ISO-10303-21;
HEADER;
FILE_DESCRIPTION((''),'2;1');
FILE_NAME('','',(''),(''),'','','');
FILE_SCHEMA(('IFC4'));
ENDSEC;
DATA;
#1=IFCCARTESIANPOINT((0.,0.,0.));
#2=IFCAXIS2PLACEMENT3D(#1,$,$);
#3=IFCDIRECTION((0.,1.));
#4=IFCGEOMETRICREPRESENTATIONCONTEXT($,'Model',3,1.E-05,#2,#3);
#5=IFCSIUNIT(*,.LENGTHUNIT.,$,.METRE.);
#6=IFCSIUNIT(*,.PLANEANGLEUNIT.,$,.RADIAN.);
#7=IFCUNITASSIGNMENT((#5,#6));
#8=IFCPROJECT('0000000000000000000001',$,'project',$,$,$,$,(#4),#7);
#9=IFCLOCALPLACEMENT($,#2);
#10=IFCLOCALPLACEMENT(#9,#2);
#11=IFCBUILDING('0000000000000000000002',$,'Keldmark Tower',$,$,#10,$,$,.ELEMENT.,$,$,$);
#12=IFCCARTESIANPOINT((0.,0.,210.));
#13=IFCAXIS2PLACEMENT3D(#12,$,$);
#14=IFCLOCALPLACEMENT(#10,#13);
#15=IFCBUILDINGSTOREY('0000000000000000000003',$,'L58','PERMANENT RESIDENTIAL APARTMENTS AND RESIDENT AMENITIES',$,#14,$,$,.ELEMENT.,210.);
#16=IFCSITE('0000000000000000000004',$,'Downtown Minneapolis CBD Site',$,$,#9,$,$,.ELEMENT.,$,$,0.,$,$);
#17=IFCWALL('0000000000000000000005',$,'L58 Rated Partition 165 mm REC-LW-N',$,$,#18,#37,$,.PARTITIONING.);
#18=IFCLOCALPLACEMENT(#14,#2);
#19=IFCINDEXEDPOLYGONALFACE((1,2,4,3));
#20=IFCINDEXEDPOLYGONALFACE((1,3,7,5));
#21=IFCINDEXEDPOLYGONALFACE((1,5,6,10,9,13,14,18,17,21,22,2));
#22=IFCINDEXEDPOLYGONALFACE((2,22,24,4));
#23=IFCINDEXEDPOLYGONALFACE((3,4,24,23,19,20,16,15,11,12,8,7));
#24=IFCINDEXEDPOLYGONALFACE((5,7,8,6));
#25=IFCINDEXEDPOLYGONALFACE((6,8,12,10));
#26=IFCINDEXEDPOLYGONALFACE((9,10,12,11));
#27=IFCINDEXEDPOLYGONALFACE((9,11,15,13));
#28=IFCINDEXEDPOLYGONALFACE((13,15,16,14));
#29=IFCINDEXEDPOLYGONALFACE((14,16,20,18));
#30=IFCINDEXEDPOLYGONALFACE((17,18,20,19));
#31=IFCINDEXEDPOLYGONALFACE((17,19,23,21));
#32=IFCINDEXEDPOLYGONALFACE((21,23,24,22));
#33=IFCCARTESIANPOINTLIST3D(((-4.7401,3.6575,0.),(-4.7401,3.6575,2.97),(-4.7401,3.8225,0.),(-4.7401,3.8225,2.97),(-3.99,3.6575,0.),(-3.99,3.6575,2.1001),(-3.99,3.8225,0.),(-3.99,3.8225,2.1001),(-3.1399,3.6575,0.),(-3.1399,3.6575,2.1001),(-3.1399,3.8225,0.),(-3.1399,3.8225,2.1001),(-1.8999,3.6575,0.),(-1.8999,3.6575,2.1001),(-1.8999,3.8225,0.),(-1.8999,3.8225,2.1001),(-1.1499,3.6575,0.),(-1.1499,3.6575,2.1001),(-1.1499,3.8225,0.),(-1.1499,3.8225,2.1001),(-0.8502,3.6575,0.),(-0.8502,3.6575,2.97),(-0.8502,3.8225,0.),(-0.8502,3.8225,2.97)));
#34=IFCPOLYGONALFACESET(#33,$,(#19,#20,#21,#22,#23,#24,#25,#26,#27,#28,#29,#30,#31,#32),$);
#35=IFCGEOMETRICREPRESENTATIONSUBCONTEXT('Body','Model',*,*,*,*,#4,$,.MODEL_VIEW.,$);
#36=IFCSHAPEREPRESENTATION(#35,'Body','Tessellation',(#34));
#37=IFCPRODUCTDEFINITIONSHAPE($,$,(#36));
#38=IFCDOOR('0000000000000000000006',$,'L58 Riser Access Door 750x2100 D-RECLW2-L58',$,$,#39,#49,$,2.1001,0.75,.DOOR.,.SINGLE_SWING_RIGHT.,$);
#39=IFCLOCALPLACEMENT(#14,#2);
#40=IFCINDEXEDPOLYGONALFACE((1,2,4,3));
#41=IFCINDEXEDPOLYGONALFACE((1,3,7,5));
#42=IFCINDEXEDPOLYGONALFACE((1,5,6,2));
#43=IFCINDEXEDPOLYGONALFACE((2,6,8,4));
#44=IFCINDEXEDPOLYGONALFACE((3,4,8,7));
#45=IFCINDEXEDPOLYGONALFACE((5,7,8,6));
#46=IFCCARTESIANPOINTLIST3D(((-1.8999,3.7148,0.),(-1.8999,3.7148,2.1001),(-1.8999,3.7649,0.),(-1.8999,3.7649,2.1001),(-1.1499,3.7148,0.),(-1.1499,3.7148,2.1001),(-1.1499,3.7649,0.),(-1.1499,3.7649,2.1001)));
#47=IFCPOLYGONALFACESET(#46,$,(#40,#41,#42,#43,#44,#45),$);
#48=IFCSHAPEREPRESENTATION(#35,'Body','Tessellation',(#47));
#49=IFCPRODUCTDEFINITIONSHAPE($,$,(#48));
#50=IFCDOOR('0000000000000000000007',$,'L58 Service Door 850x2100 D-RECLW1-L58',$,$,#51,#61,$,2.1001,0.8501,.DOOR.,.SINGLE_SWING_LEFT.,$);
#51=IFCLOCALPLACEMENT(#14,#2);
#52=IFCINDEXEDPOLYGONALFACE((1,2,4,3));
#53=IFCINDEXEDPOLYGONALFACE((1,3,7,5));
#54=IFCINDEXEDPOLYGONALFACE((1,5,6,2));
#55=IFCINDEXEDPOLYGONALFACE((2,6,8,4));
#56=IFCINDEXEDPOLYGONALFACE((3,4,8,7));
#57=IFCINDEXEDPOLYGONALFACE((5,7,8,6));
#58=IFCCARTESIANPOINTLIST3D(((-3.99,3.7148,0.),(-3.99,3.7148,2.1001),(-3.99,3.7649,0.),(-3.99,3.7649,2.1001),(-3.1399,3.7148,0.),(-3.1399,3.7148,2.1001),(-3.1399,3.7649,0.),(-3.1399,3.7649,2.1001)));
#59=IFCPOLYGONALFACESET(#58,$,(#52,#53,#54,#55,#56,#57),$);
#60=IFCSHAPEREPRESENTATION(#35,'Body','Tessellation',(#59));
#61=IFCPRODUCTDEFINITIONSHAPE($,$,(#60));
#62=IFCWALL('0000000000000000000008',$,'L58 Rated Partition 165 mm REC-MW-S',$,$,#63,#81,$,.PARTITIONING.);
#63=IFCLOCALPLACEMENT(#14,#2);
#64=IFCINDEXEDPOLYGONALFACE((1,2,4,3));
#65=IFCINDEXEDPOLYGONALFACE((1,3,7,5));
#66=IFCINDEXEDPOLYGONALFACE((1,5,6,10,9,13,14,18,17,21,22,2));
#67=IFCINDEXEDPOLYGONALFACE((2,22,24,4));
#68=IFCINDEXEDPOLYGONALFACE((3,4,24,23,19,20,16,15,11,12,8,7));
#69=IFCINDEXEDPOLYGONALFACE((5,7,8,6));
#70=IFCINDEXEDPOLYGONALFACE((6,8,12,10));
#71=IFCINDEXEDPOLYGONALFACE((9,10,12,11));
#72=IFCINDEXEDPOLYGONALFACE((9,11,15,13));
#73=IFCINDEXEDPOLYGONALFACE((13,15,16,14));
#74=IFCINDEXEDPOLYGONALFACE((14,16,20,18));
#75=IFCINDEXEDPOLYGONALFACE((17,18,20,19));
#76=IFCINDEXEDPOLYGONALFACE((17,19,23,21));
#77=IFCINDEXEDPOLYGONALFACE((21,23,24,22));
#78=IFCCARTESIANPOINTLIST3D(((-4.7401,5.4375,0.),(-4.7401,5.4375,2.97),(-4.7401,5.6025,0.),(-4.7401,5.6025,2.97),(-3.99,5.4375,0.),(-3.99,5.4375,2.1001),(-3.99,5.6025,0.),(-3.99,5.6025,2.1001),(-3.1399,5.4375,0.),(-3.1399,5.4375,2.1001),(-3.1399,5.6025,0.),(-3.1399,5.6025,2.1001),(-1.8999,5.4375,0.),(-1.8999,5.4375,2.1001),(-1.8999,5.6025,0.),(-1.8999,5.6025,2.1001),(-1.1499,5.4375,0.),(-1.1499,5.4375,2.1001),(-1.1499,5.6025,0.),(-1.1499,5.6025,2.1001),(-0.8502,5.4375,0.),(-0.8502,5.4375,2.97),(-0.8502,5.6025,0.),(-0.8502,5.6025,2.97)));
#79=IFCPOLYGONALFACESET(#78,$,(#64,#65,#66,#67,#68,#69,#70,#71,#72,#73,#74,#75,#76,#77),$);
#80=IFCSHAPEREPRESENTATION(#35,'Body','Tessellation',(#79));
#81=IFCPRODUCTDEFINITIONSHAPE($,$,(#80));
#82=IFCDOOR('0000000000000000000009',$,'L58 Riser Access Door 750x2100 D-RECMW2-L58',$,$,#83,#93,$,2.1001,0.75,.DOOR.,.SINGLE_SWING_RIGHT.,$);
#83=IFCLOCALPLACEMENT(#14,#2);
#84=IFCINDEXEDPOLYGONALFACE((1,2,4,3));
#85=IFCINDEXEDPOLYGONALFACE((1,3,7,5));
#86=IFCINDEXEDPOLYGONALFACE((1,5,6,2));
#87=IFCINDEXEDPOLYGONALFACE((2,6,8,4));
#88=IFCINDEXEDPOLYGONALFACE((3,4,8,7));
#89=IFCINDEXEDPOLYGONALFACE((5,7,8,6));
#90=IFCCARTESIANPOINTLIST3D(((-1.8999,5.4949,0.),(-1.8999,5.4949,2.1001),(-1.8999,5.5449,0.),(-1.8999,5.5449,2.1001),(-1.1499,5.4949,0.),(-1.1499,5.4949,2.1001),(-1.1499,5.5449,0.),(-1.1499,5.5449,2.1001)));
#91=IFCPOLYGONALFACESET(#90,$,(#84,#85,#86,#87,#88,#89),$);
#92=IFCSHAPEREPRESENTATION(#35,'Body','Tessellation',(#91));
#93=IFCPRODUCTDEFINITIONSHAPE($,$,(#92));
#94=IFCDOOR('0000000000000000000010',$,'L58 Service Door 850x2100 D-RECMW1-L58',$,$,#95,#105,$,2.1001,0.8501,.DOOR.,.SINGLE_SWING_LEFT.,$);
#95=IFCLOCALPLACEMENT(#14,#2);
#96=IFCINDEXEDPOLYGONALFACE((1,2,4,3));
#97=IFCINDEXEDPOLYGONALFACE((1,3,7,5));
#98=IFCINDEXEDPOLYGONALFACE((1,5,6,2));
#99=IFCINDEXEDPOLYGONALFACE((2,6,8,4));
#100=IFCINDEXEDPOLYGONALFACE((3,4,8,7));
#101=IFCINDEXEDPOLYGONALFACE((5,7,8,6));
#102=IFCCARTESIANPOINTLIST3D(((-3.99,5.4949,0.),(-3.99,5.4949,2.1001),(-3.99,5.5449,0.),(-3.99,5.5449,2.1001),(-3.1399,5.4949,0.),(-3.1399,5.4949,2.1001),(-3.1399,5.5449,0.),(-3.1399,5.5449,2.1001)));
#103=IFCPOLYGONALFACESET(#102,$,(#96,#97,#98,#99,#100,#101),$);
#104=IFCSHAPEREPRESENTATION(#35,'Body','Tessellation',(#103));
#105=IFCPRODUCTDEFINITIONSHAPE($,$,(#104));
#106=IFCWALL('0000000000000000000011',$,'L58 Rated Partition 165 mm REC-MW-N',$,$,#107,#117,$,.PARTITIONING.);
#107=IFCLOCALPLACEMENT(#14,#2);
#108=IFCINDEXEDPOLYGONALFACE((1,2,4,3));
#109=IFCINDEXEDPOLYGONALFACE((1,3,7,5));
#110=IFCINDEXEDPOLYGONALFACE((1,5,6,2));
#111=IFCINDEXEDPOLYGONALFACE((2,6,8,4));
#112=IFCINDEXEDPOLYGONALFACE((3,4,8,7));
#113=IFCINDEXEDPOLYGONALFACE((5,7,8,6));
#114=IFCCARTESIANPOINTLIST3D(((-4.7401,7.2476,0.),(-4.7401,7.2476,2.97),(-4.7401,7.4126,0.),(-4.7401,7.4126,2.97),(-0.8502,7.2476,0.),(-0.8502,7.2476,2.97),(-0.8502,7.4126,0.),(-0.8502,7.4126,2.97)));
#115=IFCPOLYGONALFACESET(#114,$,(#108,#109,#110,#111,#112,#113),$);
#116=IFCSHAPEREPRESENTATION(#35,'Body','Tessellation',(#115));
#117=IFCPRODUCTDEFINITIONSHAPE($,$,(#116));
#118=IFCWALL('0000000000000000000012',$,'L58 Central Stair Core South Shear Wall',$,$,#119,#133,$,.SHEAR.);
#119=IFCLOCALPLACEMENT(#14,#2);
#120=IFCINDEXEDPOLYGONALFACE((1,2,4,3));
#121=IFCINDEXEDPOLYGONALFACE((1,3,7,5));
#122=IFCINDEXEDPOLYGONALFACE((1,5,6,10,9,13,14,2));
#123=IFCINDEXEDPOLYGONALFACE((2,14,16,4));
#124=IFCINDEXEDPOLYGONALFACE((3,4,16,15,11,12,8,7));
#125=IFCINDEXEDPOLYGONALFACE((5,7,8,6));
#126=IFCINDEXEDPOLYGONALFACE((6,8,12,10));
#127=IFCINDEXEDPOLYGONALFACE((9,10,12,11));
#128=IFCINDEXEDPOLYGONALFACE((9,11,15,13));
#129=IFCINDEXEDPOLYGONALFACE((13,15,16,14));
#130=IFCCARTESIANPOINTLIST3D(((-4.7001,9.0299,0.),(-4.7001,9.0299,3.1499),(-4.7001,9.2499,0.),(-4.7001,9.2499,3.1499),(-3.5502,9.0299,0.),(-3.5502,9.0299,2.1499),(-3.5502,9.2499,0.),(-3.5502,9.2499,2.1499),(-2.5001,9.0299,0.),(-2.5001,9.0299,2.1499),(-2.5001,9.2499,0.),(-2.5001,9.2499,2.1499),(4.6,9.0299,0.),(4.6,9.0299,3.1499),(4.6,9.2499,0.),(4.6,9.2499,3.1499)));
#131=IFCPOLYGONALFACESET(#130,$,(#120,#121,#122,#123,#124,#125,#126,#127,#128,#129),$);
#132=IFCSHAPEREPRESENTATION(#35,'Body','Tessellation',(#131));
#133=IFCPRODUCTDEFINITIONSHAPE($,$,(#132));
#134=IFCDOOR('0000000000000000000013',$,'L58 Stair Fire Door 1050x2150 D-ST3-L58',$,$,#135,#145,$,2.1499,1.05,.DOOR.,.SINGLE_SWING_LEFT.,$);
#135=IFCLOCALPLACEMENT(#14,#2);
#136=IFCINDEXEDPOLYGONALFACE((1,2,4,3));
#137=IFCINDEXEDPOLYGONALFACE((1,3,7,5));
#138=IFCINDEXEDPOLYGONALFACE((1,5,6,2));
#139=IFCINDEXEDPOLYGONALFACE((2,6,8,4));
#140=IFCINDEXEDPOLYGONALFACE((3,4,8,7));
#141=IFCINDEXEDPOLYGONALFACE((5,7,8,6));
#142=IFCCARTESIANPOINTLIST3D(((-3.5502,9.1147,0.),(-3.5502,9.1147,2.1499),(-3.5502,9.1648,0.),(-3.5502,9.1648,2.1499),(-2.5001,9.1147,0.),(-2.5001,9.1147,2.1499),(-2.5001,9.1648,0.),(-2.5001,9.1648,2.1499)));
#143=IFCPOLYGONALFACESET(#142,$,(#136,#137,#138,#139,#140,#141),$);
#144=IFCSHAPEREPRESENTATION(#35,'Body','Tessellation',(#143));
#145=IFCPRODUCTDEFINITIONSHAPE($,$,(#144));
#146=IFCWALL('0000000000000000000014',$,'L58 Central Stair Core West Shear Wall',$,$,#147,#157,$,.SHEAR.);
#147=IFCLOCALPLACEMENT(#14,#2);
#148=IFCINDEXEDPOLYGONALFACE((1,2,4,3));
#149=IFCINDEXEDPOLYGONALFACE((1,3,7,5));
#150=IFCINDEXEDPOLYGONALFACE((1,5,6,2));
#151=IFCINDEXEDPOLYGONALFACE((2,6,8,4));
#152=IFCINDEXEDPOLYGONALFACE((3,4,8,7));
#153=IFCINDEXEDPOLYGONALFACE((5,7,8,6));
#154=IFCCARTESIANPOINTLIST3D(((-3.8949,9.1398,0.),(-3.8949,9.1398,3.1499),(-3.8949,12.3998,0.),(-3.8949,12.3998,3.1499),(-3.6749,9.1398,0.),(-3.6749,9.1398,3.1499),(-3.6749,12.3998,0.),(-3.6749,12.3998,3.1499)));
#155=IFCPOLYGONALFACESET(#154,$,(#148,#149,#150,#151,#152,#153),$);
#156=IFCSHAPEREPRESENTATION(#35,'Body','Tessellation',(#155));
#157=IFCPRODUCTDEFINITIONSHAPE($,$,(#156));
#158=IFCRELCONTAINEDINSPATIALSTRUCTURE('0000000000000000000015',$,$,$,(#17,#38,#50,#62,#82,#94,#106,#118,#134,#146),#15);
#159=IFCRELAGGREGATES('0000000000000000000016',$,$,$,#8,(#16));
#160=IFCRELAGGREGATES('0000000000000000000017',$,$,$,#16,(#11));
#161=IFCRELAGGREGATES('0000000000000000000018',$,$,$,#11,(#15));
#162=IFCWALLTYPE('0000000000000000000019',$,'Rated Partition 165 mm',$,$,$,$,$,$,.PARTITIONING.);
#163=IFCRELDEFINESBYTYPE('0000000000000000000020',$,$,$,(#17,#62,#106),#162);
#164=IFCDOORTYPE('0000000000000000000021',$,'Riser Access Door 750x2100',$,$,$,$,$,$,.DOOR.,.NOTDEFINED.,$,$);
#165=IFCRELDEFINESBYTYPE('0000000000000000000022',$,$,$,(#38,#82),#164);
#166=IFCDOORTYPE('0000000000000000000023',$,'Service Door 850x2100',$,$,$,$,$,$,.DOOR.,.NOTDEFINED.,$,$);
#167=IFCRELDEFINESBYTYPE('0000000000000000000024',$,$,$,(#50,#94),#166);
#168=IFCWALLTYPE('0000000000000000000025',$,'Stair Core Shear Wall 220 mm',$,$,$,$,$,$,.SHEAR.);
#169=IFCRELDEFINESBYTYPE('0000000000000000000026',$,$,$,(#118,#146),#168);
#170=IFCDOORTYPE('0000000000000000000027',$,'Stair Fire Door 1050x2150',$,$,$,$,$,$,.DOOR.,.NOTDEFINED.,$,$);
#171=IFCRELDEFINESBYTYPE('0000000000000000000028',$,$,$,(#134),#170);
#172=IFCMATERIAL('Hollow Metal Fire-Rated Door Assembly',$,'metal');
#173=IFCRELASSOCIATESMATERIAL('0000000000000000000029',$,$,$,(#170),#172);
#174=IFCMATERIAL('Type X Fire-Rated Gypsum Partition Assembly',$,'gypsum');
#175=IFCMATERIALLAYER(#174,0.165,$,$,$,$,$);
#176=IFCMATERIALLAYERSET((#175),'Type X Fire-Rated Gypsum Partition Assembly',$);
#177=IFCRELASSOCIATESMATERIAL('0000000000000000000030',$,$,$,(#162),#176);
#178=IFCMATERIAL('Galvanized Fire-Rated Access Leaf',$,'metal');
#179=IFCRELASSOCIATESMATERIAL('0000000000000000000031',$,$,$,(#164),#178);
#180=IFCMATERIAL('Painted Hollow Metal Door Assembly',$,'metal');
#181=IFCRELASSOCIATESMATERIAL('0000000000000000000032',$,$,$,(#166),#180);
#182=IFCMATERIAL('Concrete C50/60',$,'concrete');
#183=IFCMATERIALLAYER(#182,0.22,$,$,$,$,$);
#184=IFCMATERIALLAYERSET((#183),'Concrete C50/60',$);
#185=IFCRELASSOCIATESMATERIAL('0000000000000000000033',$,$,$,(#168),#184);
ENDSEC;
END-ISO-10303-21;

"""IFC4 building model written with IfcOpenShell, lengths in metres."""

from ifc_helpers import new_model, si_unit, direction, frame, frame_2d, origin, place, context, subcontext, project, spatial, rectangle, extrude, material, layer, layer_set, type_object, element, fill, save


model = new_model("IFC4")

# Units and contexts
model_context = context("Model", 3, precision=1e-05, world=origin(), true_north=direction((0.0, 1.0)))
body_context = subcontext(model_context, "Body", "Model", "MODEL_VIEW")
ifc_project = project(units=[si_unit("LENGTHUNIT", "METRE"), si_unit("PLANEANGLEUNIT", "RADIAN")], contexts=[model_context])

# Site, building, storey
site_placement = place(None, origin())
site = spatial("IfcSite", under=ifc_project, at=site_placement, Name="Downtown Minneapolis CBD Site", CompositionType="ELEMENT", RefElevation=0.0)
building_placement = place(site_placement, origin())
building = spatial("IfcBuilding", under=site, at=building_placement, Name="Keldmark Tower", CompositionType="ELEMENT")
storey_placement = place(building_placement, frame((0.0, 0.0, 210.0)))
storey = spatial("IfcBuildingStorey", under=building, at=storey_placement, Name="L58", Description="PERMANENT RESIDENTIAL APARTMENTS AND RESIDENT AMENITIES", CompositionType="ELEMENT", Elevation=210.0)

# Shared definitions
ifc_material_1 = material(Name="Hollow Metal Fire-Rated Door Assembly", Category="metal")
door_type_1 = type_object("IfcDoorType", Name="Stair Fire Door 1050x2150", OperationType="NOTDEFINED", PredefinedType="DOOR", material=ifc_material_1)

# Shared definitions
ifc_material_2 = material(Name="Type X Fire-Rated Gypsum Partition Assembly", Category="gypsum")
ifc_layer_1 = layer(ifc_material_2, 0.165)
ifc_layer_set_1 = layer_set([ifc_layer_1], Name="Type X Fire-Rated Gypsum Partition Assembly")
wall_type_1 = type_object("IfcWallType", Name="Rated Partition 165 mm", PredefinedType="PARTITIONING", material=ifc_layer_set_1)

# Walls, openings, doors
wall_1_placement = place(storey_placement, frame((-4.74, 3.74, 0.0), z_axis=(0.0, 0.0, 1.0), x_axis=(1.0, 0.0, 0.0)))
wall_1 = element("IfcWall", 1, at=wall_1_placement, inside=storey, type_object=wall_type_1, Name="L58 Rated Partition 165 mm REC-LW-N", PredefinedType="PARTITIONING", context=body_context, shape_type="SweptSolid", body=[
    extrude(rectangle(XDim=3.8899, YDim=0.165, at=frame_2d((1.9448, 0.0))), origin(), (0.0, 0.0, 1.0), 2.97),
])
opening_1_placement = place(wall_1_placement, frame((0.75, 0.0, 0.0)))
opening_1 = element("IfcOpeningElement", 2, at=opening_1_placement, cuts=wall_1, PredefinedType="OPENING", context=body_context, shape_type="SweptSolid", body=[
    extrude(rectangle(XDim=0.8501, YDim=2.1001, at=frame_2d((0.425, 1.05))), frame((0.0, 0.0925, 0.0), z_axis=(0.0, -1.0, 0.0), x_axis=(1.0, 0.0, 0.0)), (0.0, 0.0, 1.0), 0.1851),
])
opening_2_placement = place(wall_1_placement, frame((2.8401, 0.0, 0.0)))
opening_2 = element("IfcOpeningElement", 3, at=opening_2_placement, cuts=wall_1, PredefinedType="OPENING", context=body_context, shape_type="SweptSolid", body=[
    extrude(rectangle(XDim=0.75, YDim=2.1001, at=frame_2d((0.375, 1.05))), frame((0.0, 0.0925, 0.0), z_axis=(0.0, -1.0, 0.0), x_axis=(1.0, 0.0, 0.0)), (0.0, 0.0, 1.0), 0.1851),
])
ifc_material_3 = material(Name="Galvanized Fire-Rated Access Leaf", Category="metal")
door_type_2 = type_object("IfcDoorType", Name="Riser Access Door 750x2100", OperationType="NOTDEFINED", PredefinedType="DOOR", material=ifc_material_3)
door_1_placement = place(opening_2_placement, origin())
door_1 = element("IfcDoor", 4, at=door_1_placement, inside=storey, type_object=door_type_2, Name="L58 Riser Access Door 750x2100 D-RECLW2-L58", OperationType="SINGLE_SWING_RIGHT", OverallHeight=2.1001, OverallWidth=0.75, PredefinedType="DOOR", context=body_context, shape_type="SweptSolid", body=[
    extrude(rectangle(XDim=0.75, YDim=2.1001, at=frame_2d((0.375, 1.05))), frame((0.0, 0.0249, 0.0), z_axis=(0.0, -1.0, 0.0), x_axis=(1.0, 0.0, 0.0)), (0.0, 0.0, 1.0), 0.05),
])
fill(opening_2, door_1)
ifc_material_4 = material(Name="Painted Hollow Metal Door Assembly", Category="metal")
door_type_3 = type_object("IfcDoorType", Name="Service Door 850x2100", OperationType="NOTDEFINED", PredefinedType="DOOR", material=ifc_material_4)
door_2_placement = place(opening_1_placement, origin())
door_2 = element("IfcDoor", 5, at=door_2_placement, inside=storey, type_object=door_type_3, Name="L58 Service Door 850x2100 D-RECLW1-L58", OperationType="SINGLE_SWING_LEFT", OverallHeight=2.1001, OverallWidth=0.8501, PredefinedType="DOOR", context=body_context, shape_type="SweptSolid", body=[
    extrude(rectangle(XDim=0.8501, YDim=2.1001, at=frame_2d((0.425, 1.05))), frame((0.0, 0.0249, 0.0), z_axis=(0.0, -1.0, 0.0), x_axis=(1.0, 0.0, 0.0)), (0.0, 0.0, 1.0), 0.05),
])
fill(opening_1, door_2)
wall_2_placement = place(storey_placement, frame((-4.74, 5.52, 0.0), z_axis=(0.0, 0.0, 1.0), x_axis=(1.0, 0.0, 0.0)))
wall_2 = element("IfcWall", 6, at=wall_2_placement, inside=storey, type_object=wall_type_1, Name="L58 Rated Partition 165 mm REC-MW-S", PredefinedType="PARTITIONING", context=body_context, shape_type="SweptSolid", body=[
    extrude(rectangle(XDim=3.8899, YDim=0.165, at=frame_2d((1.9448, 0.0))), origin(), (0.0, 0.0, 1.0), 2.97),
])
opening_3_placement = place(wall_2_placement, frame((0.75, 0.0, 0.0)))
opening_3 = element("IfcOpeningElement", 7, at=opening_3_placement, cuts=wall_2, PredefinedType="OPENING", context=body_context, shape_type="SweptSolid", body=[
    extrude(rectangle(XDim=0.8501, YDim=2.1001, at=frame_2d((0.425, 1.05))), frame((0.0, 0.0925, 0.0), z_axis=(0.0, -1.0, 0.0), x_axis=(1.0, 0.0, 0.0)), (0.0, 0.0, 1.0), 0.1851),
])
opening_4_placement = place(wall_2_placement, frame((2.8401, 0.0, 0.0)))
opening_4 = element("IfcOpeningElement", 8, at=opening_4_placement, cuts=wall_2, PredefinedType="OPENING", context=body_context, shape_type="SweptSolid", body=[
    extrude(rectangle(XDim=0.75, YDim=2.1001, at=frame_2d((0.375, 1.05))), frame((0.0, 0.0925, 0.0), z_axis=(0.0, -1.0, 0.0), x_axis=(1.0, 0.0, 0.0)), (0.0, 0.0, 1.0), 0.1851),
])
door_3_placement = place(opening_4_placement, origin())
door_3 = element("IfcDoor", 9, at=door_3_placement, inside=storey, type_object=door_type_2, Name="L58 Riser Access Door 750x2100 D-RECMW2-L58", OperationType="SINGLE_SWING_RIGHT", OverallHeight=2.1001, OverallWidth=0.75, PredefinedType="DOOR", context=body_context, shape_type="SweptSolid", body=[
    extrude(rectangle(XDim=0.75, YDim=2.1001, at=frame_2d((0.375, 1.05))), frame((0.0, 0.0249, 0.0), z_axis=(0.0, -1.0, 0.0), x_axis=(1.0, 0.0, 0.0)), (0.0, 0.0, 1.0), 0.05),
])
fill(opening_4, door_3)
door_4_placement = place(opening_3_placement, origin())
door_4 = element("IfcDoor", 10, at=door_4_placement, inside=storey, type_object=door_type_3, Name="L58 Service Door 850x2100 D-RECMW1-L58", OperationType="SINGLE_SWING_LEFT", OverallHeight=2.1001, OverallWidth=0.8501, PredefinedType="DOOR", context=body_context, shape_type="SweptSolid", body=[
    extrude(rectangle(XDim=0.8501, YDim=2.1001, at=frame_2d((0.425, 1.05))), frame((0.0, 0.0249, 0.0), z_axis=(0.0, -1.0, 0.0), x_axis=(1.0, 0.0, 0.0)), (0.0, 0.0, 1.0), 0.05),
])
fill(opening_3, door_4)

# Wall
wall_3_placement = place(storey_placement, frame((-4.74, 7.3301, 0.0), z_axis=(0.0, 0.0, 1.0), x_axis=(1.0, 0.0, 0.0)))
element("IfcWall", 11, at=wall_3_placement, inside=storey, type_object=wall_type_1, Name="L58 Rated Partition 165 mm REC-MW-N", PredefinedType="PARTITIONING", context=body_context, shape_type="SweptSolid", body=[
    extrude(rectangle(XDim=3.8899, YDim=0.165, at=frame_2d((1.9448, 0.0))), origin(), (0.0, 0.0, 1.0), 2.97),
])

# Wall, opening, door
ifc_material_5 = material(Name="Concrete C50/60", Category="concrete")
ifc_layer_2 = layer(ifc_material_5, 0.22)
ifc_layer_set_2 = layer_set([ifc_layer_2], Name="Concrete C50/60")
wall_type_2 = type_object("IfcWallType", Name="Stair Core Shear Wall 220 mm", PredefinedType="SHEAR", material=ifc_layer_set_2)
wall_4_placement = place(storey_placement, frame((-4.7, 9.1399, 0.0), z_axis=(0.0, 0.0, 1.0), x_axis=(1.0, 0.0, 0.0)))
wall_4 = element("IfcWall", 12, at=wall_4_placement, inside=storey, type_object=wall_type_2, Name="L58 Central Stair Core South Shear Wall", PredefinedType="SHEAR", context=body_context, shape_type="SweptSolid", body=[
    extrude(rectangle(XDim=9.3, YDim=0.22, at=frame_2d((4.6499, 0.0))), origin(), (0.0, 0.0, 1.0), 3.1499),
])
opening_5_placement = place(wall_4_placement, frame((1.1499, 0.0, 0.0)))
opening_5 = element("IfcOpeningElement", 13, at=opening_5_placement, cuts=wall_4, PredefinedType="OPENING", context=body_context, shape_type="SweptSolid", body=[
    extrude(rectangle(XDim=1.05, YDim=2.1499, at=frame_2d((0.5249, 1.075))), frame((0.0, 0.1199, 0.0), z_axis=(0.0, -1.0, 0.0), x_axis=(1.0, 0.0, 0.0)), (0.0, 0.0, 1.0), 0.24),
])
door_5_placement = place(opening_5_placement, origin())
door_5 = element("IfcDoor", 14, at=door_5_placement, inside=storey, type_object=door_type_1, Name="L58 Stair Fire Door 1050x2150 D-ST3-L58", OperationType="SINGLE_SWING_LEFT", OverallHeight=2.1499, OverallWidth=1.05, PredefinedType="DOOR", context=body_context, shape_type="SweptSolid", body=[
    extrude(rectangle(XDim=1.05, YDim=2.1499, at=frame_2d((0.5249, 1.075))), frame((0.0, 0.0249, 0.0), z_axis=(0.0, -1.0, 0.0), x_axis=(1.0, 0.0, 0.0)), (0.0, 0.0, 1.0), 0.05),
])
fill(opening_5, door_5)

# Wall
wall_5_placement = place(storey_placement, frame((-3.7849, 9.1399, 0.0), z_axis=(0.0, 0.0, 1.0), x_axis=(0.0, 1.0, 0.0)))
element("IfcWall", 15, at=wall_5_placement, inside=storey, type_object=wall_type_2, Name="L58 Central Stair Core West Shear Wall", PredefinedType="SHEAR", context=body_context, shape_type="SweptSolid", body=[
    extrude(rectangle(XDim=3.26, YDim=0.22, at=frame_2d((1.6299, 0.0))), origin(), (0.0, 0.0, 1.0), 3.1499),
])

save(model, "model.ifc")
